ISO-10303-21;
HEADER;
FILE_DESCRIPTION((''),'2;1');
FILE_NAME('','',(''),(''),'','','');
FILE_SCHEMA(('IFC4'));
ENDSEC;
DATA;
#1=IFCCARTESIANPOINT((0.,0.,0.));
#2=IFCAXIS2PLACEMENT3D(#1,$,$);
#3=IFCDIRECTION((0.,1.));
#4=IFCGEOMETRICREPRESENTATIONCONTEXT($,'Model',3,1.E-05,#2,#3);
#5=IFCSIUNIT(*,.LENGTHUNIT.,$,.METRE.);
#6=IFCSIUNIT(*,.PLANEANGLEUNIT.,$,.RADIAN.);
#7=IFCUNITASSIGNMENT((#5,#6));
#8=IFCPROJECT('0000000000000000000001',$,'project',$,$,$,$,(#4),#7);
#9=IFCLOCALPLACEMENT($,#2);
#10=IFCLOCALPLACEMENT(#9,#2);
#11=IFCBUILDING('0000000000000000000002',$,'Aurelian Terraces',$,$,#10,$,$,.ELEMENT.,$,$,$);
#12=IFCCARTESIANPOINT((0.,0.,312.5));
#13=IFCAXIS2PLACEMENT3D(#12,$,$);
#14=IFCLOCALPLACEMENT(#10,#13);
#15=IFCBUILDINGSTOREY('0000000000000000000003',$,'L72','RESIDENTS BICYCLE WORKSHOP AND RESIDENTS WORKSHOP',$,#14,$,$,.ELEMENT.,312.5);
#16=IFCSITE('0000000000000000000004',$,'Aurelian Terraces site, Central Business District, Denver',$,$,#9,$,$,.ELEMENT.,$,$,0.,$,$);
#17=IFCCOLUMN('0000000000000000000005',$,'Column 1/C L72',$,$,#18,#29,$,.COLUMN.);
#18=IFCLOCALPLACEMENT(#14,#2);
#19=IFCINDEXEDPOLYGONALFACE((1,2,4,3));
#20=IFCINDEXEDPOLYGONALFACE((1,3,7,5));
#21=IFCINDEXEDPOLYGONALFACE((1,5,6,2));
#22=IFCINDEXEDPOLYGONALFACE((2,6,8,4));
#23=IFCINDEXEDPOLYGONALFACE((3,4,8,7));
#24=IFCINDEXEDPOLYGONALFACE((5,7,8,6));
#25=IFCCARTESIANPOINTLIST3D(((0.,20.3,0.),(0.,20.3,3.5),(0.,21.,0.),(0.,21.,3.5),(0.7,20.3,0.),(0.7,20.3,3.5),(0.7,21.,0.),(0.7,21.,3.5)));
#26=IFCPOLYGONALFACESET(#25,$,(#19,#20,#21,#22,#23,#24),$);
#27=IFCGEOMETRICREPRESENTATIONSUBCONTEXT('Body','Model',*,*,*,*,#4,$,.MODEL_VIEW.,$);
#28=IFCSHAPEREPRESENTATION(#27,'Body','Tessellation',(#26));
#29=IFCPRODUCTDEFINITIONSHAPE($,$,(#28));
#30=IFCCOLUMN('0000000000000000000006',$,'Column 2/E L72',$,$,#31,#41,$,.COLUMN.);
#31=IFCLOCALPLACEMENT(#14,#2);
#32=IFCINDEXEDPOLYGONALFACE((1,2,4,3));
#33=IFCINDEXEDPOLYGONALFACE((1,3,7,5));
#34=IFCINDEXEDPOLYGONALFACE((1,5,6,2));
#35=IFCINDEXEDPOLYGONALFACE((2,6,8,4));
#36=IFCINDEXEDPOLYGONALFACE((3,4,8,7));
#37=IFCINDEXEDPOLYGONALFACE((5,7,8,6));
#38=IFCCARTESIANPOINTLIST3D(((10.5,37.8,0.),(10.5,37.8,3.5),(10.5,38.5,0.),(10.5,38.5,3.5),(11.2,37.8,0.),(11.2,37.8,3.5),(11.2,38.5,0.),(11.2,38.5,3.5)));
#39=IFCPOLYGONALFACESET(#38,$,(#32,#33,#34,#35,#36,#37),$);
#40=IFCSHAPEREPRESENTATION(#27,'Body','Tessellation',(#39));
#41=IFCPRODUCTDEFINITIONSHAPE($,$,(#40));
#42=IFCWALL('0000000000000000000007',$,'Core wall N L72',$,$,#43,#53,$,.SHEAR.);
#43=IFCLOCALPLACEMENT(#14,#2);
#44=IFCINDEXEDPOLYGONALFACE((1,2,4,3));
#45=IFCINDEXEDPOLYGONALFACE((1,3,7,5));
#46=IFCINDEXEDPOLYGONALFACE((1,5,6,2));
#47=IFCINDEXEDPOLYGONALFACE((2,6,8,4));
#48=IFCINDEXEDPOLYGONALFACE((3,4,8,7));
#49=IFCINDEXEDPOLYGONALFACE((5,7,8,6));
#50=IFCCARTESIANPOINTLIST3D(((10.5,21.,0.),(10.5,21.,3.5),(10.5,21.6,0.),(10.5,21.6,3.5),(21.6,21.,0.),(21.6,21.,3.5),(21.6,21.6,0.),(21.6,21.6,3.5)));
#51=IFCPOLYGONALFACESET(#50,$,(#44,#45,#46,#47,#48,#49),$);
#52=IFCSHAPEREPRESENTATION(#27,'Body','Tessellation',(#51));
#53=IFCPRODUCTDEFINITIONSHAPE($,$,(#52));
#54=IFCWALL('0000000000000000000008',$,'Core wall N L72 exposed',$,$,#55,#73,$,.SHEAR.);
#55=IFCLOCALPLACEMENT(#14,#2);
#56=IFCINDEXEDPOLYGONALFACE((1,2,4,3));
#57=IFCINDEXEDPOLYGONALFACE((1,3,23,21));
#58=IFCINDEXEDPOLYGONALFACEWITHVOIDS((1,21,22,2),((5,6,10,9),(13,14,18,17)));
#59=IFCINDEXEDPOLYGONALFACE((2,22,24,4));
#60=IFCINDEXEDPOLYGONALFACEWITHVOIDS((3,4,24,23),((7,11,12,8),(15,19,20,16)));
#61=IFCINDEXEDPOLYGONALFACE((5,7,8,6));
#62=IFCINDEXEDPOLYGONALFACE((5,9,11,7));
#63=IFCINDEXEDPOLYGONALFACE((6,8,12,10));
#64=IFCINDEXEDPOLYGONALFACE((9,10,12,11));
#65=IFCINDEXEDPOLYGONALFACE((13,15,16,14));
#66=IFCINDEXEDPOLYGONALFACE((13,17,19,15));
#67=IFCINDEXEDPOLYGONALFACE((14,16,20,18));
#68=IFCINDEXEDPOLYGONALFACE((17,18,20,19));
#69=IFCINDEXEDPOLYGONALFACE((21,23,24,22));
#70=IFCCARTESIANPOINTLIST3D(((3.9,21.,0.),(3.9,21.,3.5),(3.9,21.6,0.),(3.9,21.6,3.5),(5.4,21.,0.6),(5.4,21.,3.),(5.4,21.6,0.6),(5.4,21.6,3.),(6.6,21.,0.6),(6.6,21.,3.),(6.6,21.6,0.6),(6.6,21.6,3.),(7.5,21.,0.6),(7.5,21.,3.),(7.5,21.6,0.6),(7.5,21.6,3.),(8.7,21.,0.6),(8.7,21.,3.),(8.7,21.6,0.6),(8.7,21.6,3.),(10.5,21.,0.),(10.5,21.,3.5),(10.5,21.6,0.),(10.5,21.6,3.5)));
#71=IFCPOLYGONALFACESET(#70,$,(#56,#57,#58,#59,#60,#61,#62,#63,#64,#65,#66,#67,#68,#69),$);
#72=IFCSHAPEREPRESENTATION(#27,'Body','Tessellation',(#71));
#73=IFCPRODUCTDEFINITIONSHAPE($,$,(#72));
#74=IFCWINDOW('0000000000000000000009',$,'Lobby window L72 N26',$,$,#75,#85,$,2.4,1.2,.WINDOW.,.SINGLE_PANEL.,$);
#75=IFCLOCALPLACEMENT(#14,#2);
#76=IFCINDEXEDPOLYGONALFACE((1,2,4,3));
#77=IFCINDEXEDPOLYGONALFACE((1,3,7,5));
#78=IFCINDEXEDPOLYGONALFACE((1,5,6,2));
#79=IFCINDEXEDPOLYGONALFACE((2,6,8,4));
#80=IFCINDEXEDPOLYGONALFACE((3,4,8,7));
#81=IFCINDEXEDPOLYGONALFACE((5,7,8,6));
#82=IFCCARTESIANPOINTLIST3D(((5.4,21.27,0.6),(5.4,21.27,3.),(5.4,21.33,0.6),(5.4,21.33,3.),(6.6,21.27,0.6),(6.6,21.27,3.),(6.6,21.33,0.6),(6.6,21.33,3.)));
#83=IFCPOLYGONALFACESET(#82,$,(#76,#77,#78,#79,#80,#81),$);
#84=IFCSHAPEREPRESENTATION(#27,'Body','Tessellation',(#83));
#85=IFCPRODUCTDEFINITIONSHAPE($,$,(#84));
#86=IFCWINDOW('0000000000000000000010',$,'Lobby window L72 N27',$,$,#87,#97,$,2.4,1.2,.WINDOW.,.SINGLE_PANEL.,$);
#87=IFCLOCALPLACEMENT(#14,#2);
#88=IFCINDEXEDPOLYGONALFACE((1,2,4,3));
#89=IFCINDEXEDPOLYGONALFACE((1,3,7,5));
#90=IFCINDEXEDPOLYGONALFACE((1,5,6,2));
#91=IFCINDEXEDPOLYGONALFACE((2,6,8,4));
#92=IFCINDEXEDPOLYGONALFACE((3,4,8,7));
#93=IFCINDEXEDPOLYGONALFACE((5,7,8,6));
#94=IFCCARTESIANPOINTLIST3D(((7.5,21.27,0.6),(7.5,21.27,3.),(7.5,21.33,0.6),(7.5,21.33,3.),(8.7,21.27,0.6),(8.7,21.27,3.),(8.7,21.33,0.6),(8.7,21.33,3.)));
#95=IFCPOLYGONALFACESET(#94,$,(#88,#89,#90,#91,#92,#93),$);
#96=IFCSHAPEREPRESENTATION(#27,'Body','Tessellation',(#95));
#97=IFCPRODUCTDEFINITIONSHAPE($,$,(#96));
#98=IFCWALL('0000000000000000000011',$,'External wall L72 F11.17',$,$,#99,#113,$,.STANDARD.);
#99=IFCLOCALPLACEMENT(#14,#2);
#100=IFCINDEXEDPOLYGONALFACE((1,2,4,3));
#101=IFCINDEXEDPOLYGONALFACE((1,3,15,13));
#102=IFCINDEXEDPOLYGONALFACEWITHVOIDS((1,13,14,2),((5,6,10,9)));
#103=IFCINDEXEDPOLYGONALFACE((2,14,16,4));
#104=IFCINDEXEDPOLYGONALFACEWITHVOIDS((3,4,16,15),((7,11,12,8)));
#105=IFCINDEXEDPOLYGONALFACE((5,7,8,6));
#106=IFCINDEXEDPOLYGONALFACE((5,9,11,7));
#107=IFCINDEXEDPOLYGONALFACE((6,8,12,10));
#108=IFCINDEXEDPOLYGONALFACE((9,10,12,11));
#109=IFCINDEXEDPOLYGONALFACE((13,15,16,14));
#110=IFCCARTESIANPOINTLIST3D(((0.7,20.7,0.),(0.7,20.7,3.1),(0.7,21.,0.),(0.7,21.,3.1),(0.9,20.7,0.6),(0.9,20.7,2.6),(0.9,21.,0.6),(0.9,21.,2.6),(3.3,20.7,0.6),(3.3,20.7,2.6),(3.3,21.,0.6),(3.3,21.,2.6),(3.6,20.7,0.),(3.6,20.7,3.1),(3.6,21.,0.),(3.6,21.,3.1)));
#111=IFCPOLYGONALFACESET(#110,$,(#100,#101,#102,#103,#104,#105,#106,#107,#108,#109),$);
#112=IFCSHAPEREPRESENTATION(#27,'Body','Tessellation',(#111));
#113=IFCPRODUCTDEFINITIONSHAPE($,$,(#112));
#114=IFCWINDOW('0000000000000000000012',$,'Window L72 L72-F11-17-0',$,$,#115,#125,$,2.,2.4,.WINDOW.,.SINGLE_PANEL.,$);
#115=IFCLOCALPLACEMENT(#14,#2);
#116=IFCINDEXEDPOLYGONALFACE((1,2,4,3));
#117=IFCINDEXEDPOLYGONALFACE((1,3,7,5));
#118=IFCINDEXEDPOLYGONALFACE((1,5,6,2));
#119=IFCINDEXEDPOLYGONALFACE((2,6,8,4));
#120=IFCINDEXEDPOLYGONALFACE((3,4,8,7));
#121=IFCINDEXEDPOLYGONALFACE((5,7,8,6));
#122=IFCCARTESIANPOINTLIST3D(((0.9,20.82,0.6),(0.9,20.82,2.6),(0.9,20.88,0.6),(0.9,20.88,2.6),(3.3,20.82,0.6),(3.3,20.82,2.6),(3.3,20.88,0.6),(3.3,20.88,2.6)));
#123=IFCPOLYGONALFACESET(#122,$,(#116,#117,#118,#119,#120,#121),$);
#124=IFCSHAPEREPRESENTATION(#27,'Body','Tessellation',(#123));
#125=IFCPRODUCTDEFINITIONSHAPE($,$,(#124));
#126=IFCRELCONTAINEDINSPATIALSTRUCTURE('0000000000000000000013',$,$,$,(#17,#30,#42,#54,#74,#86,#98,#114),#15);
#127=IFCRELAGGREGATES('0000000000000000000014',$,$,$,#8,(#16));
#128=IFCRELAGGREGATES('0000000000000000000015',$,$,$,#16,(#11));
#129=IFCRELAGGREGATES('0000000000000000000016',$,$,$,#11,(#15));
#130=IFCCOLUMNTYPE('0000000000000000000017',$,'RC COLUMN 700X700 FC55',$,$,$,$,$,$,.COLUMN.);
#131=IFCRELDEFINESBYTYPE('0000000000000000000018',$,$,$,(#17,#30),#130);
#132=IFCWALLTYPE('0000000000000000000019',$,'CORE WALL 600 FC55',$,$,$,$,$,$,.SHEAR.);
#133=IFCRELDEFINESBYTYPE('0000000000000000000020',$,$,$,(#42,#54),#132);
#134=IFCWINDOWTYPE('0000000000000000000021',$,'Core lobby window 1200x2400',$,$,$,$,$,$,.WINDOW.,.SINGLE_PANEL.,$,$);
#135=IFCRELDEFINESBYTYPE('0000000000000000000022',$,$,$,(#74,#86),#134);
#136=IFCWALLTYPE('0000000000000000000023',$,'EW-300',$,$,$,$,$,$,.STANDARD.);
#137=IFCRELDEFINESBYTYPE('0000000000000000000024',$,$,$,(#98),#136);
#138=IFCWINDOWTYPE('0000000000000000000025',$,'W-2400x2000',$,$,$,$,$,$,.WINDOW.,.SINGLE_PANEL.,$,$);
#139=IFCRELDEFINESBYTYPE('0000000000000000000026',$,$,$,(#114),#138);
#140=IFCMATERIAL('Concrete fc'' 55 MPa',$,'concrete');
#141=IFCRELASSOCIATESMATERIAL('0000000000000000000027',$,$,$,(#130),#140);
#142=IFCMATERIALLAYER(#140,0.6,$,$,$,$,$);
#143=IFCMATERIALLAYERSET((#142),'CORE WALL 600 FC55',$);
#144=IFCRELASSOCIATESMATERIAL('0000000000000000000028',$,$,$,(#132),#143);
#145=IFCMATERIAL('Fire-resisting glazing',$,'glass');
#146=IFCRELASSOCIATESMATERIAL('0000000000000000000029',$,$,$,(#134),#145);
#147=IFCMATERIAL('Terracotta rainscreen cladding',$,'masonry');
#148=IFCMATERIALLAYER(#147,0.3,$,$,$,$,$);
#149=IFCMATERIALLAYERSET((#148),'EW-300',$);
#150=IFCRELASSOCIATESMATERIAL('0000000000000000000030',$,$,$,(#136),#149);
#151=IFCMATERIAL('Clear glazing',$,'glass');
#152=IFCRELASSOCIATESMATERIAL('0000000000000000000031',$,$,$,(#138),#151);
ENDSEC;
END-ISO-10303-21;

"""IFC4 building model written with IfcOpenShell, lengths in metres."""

from ifc_helpers import new_model, si_unit, direction, frame, frame_2d, origin, origin_2d, place, context, subcontext, project, spatial, rectangle, extrude, source, transform, mapped, material, layer, layer_set, material_profile, profile_set, type_object, element, fill, save


model = new_model("IFC4")

# Units and contexts
model_context = context("Model", 3, precision=1e-05, world=origin(), true_north=direction((0.0, 1.0)))
body_context = subcontext(model_context, "Body", "Model", "MODEL_VIEW")
ifc_project = project(units=[si_unit("LENGTHUNIT", "METRE"), si_unit("PLANEANGLEUNIT", "RADIAN")], contexts=[model_context])

# Site, building, storey
site_placement = place(None, origin())
site = spatial("IfcSite", under=ifc_project, at=site_placement, Name="Aurelian Terraces site, Central Business District, Denver", CompositionType="ELEMENT", RefElevation=0.0)
building_placement = place(site_placement, origin())
building = spatial("IfcBuilding", under=site, at=building_placement, Name="Aurelian Terraces", CompositionType="ELEMENT")
storey_placement = place(building_placement, frame((0.0, 0.0, 312.5)))
storey = spatial("IfcBuildingStorey", under=building, at=storey_placement, Name="L72", Description="RESIDENTS BICYCLE WORKSHOP AND RESIDENTS WORKSHOP", CompositionType="ELEMENT", Elevation=312.5)

# Columns
ifc_material_1 = material(Name="Concrete fc' 55 MPa", Category="concrete")
ifc_material_profile = material_profile(ifc_material_1, rectangle(XDim=0.7, YDim=0.7, at=origin_2d()))
ifc_profile_set = profile_set([ifc_material_profile], Name="Concrete fc' 55 MPa")
column_type = type_object("IfcColumnType", Name="RC COLUMN 700X700 FC55", PredefinedType="COLUMN", material=ifc_profile_set)
shared_shape_1 = source(origin(), body_context, "Body", "SweptSolid", [
    extrude(rectangle(XDim=0.7, YDim=0.7, at=origin_2d()), origin(), (0.0, 0.0, 1.0), 3.5),
])
for number, where, z_axis, x_axis, name in (
    (1, (0.35, 20.65, 0.0), (0.0, 0.0, 1.0), (1.0, 0.0, 0.0), "Column 1/C L72"),
    (2, (10.85, 38.15, 0.0), (0.0, 0.0, 1.0), (1.0, 0.0, 0.0), "Column 2/E L72"),
):
    element("IfcColumn", number, at=place(storey_placement, frame(where, z_axis=z_axis, x_axis=x_axis)), inside=storey, type_object=column_type, Name=name, PredefinedType="COLUMN", context=body_context, shape_type="MappedRepresentation", body=[
        mapped(shared_shape_1, transform((0.0, 0.0, 0.0), scale=1.0)),
    ])

# Wall
ifc_layer_1 = layer(ifc_material_1, 0.6)
ifc_layer_set_1 = layer_set([ifc_layer_1], Name="CORE WALL 600 FC55")
wall_type_1 = type_object("IfcWallType", Name="CORE WALL 600 FC55", PredefinedType="SHEAR", material=ifc_layer_set_1)
shared_shape_2 = source(origin(), body_context, "Body", "SweptSolid", [
    extrude(rectangle(XDim=11.1, YDim=0.6, at=frame_2d((5.55, 0.0))), origin(), (0.0, 0.0, 1.0), 3.5),
])
wall_1_placement = place(storey_placement, frame((10.5, 21.3, 0.0), z_axis=(0.0, 0.0, 1.0), x_axis=(1.0, 0.0, 0.0)))
element("IfcWall", 3, at=wall_1_placement, inside=storey, type_object=wall_type_1, Name="Core wall N L72", PredefinedType="SHEAR", context=body_context, shape_type="MappedRepresentation", body=[
    mapped(shared_shape_2, transform((0.0, 0.0, 0.0), scale=1.0)),
])

# Wall, openings, windows
shared_shape_3 = source(origin(), body_context, "Body", "SweptSolid", [
    extrude(rectangle(XDim=6.6, YDim=0.6, at=frame_2d((3.3, 0.0))), origin(), (0.0, 0.0, 1.0), 3.5),
])
wall_2_placement = place(storey_placement, frame((3.9, 21.3, 0.0), z_axis=(0.0, 0.0, 1.0), x_axis=(1.0, 0.0, 0.0)))
wall_2 = element("IfcWall", 4, at=wall_2_placement, inside=storey, type_object=wall_type_1, Name="Core wall N L72 exposed", PredefinedType="SHEAR", context=body_context, shape_type="MappedRepresentation", body=[
    mapped(shared_shape_3, transform((0.0, 0.0, 0.0), scale=1.0)),
])
shared_shape_4 = source(origin(), body_context, "Body", "SweptSolid", [
    extrude(rectangle(XDim=1.2, YDim=2.4, at=frame_2d((0.6, 1.2))), frame((0.0, 0.31, 0.0), z_axis=(0.0, -1.0, 0.0), x_axis=(1.0, 0.0, 0.0)), (0.0, 0.0, 1.0), 0.62),
])
opening_1_placement = place(wall_2_placement, frame((1.5, 0.0, 0.6)))
opening_1 = element("IfcOpeningElement", 5, at=opening_1_placement, cuts=wall_2, PredefinedType="OPENING", context=body_context, shape_type="MappedRepresentation", body=[
    mapped(shared_shape_4, transform((0.0, 0.0, 0.0), scale=1.0)),
])
opening_2_placement = place(wall_2_placement, frame((3.6, 0.0, 0.6)))
opening_2 = element("IfcOpeningElement", 6, at=opening_2_placement, cuts=wall_2, PredefinedType="OPENING", context=body_context, shape_type="MappedRepresentation", body=[
    mapped(shared_shape_4, transform((0.0, 0.0, 0.0), scale=1.0)),
])
ifc_material_2 = material(Name="Fire-resisting glazing", Category="glass")
window_type_1 = type_object("IfcWindowType", Name="Core lobby window 1200x2400", PartitioningType="SINGLE_PANEL", PredefinedType="WINDOW", material=ifc_material_2)
shared_shape_5 = source(origin(), body_context, "Body", "SweptSolid", [
    extrude(rectangle(XDim=1.2, YDim=2.4, at=frame_2d((0.6, 1.2))), frame((0.0, 0.03, 0.0), z_axis=(0.0, -1.0, 0.0), x_axis=(1.0, 0.0, 0.0)), (0.0, 0.0, 1.0), 0.06),
])
window_1_placement = place(opening_1_placement, origin())
window_1 = element("IfcWindow", 7, at=window_1_placement, inside=storey, type_object=window_type_1, Name="Lobby window L72 N26", OverallHeight=2.4, OverallWidth=1.2, PartitioningType="SINGLE_PANEL", PredefinedType="WINDOW", context=body_context, shape_type="MappedRepresentation", body=[
    mapped(shared_shape_5, transform((0.0, 0.0, 0.0), scale=1.0)),
])
fill(opening_1, window_1)
window_2_placement = place(opening_2_placement, origin())
window_2 = element("IfcWindow", 8, at=window_2_placement, inside=storey, type_object=window_type_1, Name="Lobby window L72 N27", OverallHeight=2.4, OverallWidth=1.2, PartitioningType="SINGLE_PANEL", PredefinedType="WINDOW", context=body_context, shape_type="MappedRepresentation", body=[
    mapped(shared_shape_5, transform((0.0, 0.0, 0.0), scale=1.0)),
])
fill(opening_2, window_2)

# Wall, opening, window
ifc_material_3 = material(Name="Terracotta rainscreen cladding", Category="masonry")
ifc_layer_2 = layer(ifc_material_3, 0.3)
ifc_layer_set_2 = layer_set([ifc_layer_2], Name="EW-300")
wall_type_2 = type_object("IfcWallType", Name="EW-300", PredefinedType="STANDARD", material=ifc_layer_set_2)
shared_shape_6 = source(origin(), body_context, "Body", "SweptSolid", [
    extrude(rectangle(XDim=2.9, YDim=0.3, at=frame_2d((1.45, 0.0))), origin(), (0.0, 0.0, 1.0), 3.1),
])
wall_3_placement = place(storey_placement, frame((3.6, 20.85, 0.0), z_axis=(0.0, 0.0, 1.0), x_axis=(-1.0, 0.0, 0.0)))
wall_3 = element("IfcWall", 9, at=wall_3_placement, inside=storey, type_object=wall_type_2, Name="External wall L72 F11.17", PredefinedType="STANDARD", context=body_context, shape_type="MappedRepresentation", body=[
    mapped(shared_shape_6, transform((0.0, 0.0, 0.0), scale=1.0)),
])
shared_shape_7 = source(origin(), body_context, "Body", "SweptSolid", [
    extrude(rectangle(XDim=2.4, YDim=2.0, at=frame_2d((1.2, 1.0))), frame((0.0, 0.16, 0.0), z_axis=(0.0, -1.0, 0.0), x_axis=(1.0, 0.0, 0.0)), (0.0, 0.0, 1.0), 0.32),
])
opening_3_placement = place(wall_3_placement, frame((0.3, 0.0, 0.6)))
opening_3 = element("IfcOpeningElement", 10, at=opening_3_placement, cuts=wall_3, PredefinedType="OPENING", context=body_context, shape_type="MappedRepresentation", body=[
    mapped(shared_shape_7, transform((0.0, 0.0, 0.0), scale=1.0)),
])
ifc_material_4 = material(Name="Clear glazing", Category="glass")
window_type_2 = type_object("IfcWindowType", Name="W-2400x2000", PartitioningType="SINGLE_PANEL", PredefinedType="WINDOW", material=ifc_material_4)
shared_shape_8 = source(origin(), body_context, "Body", "SweptSolid", [
    extrude(rectangle(XDim=2.4, YDim=2.0, at=frame_2d((1.2, 1.0))), frame((0.0, 0.03, 0.0), z_axis=(0.0, -1.0, 0.0), x_axis=(1.0, 0.0, 0.0)), (0.0, 0.0, 1.0), 0.06),
])
window_3_placement = place(opening_3_placement, origin())
window_3 = element("IfcWindow", 11, at=window_3_placement, inside=storey, type_object=window_type_2, Name="Window L72 L72-F11-17-0", OverallHeight=2.0, OverallWidth=2.4, PartitioningType="SINGLE_PANEL", PredefinedType="WINDOW", context=body_context, shape_type="MappedRepresentation", body=[
    mapped(shared_shape_8, transform((0.0, 0.0, 0.0), scale=1.0)),
])
fill(opening_3, window_3)

save(model, "model.ifc")
